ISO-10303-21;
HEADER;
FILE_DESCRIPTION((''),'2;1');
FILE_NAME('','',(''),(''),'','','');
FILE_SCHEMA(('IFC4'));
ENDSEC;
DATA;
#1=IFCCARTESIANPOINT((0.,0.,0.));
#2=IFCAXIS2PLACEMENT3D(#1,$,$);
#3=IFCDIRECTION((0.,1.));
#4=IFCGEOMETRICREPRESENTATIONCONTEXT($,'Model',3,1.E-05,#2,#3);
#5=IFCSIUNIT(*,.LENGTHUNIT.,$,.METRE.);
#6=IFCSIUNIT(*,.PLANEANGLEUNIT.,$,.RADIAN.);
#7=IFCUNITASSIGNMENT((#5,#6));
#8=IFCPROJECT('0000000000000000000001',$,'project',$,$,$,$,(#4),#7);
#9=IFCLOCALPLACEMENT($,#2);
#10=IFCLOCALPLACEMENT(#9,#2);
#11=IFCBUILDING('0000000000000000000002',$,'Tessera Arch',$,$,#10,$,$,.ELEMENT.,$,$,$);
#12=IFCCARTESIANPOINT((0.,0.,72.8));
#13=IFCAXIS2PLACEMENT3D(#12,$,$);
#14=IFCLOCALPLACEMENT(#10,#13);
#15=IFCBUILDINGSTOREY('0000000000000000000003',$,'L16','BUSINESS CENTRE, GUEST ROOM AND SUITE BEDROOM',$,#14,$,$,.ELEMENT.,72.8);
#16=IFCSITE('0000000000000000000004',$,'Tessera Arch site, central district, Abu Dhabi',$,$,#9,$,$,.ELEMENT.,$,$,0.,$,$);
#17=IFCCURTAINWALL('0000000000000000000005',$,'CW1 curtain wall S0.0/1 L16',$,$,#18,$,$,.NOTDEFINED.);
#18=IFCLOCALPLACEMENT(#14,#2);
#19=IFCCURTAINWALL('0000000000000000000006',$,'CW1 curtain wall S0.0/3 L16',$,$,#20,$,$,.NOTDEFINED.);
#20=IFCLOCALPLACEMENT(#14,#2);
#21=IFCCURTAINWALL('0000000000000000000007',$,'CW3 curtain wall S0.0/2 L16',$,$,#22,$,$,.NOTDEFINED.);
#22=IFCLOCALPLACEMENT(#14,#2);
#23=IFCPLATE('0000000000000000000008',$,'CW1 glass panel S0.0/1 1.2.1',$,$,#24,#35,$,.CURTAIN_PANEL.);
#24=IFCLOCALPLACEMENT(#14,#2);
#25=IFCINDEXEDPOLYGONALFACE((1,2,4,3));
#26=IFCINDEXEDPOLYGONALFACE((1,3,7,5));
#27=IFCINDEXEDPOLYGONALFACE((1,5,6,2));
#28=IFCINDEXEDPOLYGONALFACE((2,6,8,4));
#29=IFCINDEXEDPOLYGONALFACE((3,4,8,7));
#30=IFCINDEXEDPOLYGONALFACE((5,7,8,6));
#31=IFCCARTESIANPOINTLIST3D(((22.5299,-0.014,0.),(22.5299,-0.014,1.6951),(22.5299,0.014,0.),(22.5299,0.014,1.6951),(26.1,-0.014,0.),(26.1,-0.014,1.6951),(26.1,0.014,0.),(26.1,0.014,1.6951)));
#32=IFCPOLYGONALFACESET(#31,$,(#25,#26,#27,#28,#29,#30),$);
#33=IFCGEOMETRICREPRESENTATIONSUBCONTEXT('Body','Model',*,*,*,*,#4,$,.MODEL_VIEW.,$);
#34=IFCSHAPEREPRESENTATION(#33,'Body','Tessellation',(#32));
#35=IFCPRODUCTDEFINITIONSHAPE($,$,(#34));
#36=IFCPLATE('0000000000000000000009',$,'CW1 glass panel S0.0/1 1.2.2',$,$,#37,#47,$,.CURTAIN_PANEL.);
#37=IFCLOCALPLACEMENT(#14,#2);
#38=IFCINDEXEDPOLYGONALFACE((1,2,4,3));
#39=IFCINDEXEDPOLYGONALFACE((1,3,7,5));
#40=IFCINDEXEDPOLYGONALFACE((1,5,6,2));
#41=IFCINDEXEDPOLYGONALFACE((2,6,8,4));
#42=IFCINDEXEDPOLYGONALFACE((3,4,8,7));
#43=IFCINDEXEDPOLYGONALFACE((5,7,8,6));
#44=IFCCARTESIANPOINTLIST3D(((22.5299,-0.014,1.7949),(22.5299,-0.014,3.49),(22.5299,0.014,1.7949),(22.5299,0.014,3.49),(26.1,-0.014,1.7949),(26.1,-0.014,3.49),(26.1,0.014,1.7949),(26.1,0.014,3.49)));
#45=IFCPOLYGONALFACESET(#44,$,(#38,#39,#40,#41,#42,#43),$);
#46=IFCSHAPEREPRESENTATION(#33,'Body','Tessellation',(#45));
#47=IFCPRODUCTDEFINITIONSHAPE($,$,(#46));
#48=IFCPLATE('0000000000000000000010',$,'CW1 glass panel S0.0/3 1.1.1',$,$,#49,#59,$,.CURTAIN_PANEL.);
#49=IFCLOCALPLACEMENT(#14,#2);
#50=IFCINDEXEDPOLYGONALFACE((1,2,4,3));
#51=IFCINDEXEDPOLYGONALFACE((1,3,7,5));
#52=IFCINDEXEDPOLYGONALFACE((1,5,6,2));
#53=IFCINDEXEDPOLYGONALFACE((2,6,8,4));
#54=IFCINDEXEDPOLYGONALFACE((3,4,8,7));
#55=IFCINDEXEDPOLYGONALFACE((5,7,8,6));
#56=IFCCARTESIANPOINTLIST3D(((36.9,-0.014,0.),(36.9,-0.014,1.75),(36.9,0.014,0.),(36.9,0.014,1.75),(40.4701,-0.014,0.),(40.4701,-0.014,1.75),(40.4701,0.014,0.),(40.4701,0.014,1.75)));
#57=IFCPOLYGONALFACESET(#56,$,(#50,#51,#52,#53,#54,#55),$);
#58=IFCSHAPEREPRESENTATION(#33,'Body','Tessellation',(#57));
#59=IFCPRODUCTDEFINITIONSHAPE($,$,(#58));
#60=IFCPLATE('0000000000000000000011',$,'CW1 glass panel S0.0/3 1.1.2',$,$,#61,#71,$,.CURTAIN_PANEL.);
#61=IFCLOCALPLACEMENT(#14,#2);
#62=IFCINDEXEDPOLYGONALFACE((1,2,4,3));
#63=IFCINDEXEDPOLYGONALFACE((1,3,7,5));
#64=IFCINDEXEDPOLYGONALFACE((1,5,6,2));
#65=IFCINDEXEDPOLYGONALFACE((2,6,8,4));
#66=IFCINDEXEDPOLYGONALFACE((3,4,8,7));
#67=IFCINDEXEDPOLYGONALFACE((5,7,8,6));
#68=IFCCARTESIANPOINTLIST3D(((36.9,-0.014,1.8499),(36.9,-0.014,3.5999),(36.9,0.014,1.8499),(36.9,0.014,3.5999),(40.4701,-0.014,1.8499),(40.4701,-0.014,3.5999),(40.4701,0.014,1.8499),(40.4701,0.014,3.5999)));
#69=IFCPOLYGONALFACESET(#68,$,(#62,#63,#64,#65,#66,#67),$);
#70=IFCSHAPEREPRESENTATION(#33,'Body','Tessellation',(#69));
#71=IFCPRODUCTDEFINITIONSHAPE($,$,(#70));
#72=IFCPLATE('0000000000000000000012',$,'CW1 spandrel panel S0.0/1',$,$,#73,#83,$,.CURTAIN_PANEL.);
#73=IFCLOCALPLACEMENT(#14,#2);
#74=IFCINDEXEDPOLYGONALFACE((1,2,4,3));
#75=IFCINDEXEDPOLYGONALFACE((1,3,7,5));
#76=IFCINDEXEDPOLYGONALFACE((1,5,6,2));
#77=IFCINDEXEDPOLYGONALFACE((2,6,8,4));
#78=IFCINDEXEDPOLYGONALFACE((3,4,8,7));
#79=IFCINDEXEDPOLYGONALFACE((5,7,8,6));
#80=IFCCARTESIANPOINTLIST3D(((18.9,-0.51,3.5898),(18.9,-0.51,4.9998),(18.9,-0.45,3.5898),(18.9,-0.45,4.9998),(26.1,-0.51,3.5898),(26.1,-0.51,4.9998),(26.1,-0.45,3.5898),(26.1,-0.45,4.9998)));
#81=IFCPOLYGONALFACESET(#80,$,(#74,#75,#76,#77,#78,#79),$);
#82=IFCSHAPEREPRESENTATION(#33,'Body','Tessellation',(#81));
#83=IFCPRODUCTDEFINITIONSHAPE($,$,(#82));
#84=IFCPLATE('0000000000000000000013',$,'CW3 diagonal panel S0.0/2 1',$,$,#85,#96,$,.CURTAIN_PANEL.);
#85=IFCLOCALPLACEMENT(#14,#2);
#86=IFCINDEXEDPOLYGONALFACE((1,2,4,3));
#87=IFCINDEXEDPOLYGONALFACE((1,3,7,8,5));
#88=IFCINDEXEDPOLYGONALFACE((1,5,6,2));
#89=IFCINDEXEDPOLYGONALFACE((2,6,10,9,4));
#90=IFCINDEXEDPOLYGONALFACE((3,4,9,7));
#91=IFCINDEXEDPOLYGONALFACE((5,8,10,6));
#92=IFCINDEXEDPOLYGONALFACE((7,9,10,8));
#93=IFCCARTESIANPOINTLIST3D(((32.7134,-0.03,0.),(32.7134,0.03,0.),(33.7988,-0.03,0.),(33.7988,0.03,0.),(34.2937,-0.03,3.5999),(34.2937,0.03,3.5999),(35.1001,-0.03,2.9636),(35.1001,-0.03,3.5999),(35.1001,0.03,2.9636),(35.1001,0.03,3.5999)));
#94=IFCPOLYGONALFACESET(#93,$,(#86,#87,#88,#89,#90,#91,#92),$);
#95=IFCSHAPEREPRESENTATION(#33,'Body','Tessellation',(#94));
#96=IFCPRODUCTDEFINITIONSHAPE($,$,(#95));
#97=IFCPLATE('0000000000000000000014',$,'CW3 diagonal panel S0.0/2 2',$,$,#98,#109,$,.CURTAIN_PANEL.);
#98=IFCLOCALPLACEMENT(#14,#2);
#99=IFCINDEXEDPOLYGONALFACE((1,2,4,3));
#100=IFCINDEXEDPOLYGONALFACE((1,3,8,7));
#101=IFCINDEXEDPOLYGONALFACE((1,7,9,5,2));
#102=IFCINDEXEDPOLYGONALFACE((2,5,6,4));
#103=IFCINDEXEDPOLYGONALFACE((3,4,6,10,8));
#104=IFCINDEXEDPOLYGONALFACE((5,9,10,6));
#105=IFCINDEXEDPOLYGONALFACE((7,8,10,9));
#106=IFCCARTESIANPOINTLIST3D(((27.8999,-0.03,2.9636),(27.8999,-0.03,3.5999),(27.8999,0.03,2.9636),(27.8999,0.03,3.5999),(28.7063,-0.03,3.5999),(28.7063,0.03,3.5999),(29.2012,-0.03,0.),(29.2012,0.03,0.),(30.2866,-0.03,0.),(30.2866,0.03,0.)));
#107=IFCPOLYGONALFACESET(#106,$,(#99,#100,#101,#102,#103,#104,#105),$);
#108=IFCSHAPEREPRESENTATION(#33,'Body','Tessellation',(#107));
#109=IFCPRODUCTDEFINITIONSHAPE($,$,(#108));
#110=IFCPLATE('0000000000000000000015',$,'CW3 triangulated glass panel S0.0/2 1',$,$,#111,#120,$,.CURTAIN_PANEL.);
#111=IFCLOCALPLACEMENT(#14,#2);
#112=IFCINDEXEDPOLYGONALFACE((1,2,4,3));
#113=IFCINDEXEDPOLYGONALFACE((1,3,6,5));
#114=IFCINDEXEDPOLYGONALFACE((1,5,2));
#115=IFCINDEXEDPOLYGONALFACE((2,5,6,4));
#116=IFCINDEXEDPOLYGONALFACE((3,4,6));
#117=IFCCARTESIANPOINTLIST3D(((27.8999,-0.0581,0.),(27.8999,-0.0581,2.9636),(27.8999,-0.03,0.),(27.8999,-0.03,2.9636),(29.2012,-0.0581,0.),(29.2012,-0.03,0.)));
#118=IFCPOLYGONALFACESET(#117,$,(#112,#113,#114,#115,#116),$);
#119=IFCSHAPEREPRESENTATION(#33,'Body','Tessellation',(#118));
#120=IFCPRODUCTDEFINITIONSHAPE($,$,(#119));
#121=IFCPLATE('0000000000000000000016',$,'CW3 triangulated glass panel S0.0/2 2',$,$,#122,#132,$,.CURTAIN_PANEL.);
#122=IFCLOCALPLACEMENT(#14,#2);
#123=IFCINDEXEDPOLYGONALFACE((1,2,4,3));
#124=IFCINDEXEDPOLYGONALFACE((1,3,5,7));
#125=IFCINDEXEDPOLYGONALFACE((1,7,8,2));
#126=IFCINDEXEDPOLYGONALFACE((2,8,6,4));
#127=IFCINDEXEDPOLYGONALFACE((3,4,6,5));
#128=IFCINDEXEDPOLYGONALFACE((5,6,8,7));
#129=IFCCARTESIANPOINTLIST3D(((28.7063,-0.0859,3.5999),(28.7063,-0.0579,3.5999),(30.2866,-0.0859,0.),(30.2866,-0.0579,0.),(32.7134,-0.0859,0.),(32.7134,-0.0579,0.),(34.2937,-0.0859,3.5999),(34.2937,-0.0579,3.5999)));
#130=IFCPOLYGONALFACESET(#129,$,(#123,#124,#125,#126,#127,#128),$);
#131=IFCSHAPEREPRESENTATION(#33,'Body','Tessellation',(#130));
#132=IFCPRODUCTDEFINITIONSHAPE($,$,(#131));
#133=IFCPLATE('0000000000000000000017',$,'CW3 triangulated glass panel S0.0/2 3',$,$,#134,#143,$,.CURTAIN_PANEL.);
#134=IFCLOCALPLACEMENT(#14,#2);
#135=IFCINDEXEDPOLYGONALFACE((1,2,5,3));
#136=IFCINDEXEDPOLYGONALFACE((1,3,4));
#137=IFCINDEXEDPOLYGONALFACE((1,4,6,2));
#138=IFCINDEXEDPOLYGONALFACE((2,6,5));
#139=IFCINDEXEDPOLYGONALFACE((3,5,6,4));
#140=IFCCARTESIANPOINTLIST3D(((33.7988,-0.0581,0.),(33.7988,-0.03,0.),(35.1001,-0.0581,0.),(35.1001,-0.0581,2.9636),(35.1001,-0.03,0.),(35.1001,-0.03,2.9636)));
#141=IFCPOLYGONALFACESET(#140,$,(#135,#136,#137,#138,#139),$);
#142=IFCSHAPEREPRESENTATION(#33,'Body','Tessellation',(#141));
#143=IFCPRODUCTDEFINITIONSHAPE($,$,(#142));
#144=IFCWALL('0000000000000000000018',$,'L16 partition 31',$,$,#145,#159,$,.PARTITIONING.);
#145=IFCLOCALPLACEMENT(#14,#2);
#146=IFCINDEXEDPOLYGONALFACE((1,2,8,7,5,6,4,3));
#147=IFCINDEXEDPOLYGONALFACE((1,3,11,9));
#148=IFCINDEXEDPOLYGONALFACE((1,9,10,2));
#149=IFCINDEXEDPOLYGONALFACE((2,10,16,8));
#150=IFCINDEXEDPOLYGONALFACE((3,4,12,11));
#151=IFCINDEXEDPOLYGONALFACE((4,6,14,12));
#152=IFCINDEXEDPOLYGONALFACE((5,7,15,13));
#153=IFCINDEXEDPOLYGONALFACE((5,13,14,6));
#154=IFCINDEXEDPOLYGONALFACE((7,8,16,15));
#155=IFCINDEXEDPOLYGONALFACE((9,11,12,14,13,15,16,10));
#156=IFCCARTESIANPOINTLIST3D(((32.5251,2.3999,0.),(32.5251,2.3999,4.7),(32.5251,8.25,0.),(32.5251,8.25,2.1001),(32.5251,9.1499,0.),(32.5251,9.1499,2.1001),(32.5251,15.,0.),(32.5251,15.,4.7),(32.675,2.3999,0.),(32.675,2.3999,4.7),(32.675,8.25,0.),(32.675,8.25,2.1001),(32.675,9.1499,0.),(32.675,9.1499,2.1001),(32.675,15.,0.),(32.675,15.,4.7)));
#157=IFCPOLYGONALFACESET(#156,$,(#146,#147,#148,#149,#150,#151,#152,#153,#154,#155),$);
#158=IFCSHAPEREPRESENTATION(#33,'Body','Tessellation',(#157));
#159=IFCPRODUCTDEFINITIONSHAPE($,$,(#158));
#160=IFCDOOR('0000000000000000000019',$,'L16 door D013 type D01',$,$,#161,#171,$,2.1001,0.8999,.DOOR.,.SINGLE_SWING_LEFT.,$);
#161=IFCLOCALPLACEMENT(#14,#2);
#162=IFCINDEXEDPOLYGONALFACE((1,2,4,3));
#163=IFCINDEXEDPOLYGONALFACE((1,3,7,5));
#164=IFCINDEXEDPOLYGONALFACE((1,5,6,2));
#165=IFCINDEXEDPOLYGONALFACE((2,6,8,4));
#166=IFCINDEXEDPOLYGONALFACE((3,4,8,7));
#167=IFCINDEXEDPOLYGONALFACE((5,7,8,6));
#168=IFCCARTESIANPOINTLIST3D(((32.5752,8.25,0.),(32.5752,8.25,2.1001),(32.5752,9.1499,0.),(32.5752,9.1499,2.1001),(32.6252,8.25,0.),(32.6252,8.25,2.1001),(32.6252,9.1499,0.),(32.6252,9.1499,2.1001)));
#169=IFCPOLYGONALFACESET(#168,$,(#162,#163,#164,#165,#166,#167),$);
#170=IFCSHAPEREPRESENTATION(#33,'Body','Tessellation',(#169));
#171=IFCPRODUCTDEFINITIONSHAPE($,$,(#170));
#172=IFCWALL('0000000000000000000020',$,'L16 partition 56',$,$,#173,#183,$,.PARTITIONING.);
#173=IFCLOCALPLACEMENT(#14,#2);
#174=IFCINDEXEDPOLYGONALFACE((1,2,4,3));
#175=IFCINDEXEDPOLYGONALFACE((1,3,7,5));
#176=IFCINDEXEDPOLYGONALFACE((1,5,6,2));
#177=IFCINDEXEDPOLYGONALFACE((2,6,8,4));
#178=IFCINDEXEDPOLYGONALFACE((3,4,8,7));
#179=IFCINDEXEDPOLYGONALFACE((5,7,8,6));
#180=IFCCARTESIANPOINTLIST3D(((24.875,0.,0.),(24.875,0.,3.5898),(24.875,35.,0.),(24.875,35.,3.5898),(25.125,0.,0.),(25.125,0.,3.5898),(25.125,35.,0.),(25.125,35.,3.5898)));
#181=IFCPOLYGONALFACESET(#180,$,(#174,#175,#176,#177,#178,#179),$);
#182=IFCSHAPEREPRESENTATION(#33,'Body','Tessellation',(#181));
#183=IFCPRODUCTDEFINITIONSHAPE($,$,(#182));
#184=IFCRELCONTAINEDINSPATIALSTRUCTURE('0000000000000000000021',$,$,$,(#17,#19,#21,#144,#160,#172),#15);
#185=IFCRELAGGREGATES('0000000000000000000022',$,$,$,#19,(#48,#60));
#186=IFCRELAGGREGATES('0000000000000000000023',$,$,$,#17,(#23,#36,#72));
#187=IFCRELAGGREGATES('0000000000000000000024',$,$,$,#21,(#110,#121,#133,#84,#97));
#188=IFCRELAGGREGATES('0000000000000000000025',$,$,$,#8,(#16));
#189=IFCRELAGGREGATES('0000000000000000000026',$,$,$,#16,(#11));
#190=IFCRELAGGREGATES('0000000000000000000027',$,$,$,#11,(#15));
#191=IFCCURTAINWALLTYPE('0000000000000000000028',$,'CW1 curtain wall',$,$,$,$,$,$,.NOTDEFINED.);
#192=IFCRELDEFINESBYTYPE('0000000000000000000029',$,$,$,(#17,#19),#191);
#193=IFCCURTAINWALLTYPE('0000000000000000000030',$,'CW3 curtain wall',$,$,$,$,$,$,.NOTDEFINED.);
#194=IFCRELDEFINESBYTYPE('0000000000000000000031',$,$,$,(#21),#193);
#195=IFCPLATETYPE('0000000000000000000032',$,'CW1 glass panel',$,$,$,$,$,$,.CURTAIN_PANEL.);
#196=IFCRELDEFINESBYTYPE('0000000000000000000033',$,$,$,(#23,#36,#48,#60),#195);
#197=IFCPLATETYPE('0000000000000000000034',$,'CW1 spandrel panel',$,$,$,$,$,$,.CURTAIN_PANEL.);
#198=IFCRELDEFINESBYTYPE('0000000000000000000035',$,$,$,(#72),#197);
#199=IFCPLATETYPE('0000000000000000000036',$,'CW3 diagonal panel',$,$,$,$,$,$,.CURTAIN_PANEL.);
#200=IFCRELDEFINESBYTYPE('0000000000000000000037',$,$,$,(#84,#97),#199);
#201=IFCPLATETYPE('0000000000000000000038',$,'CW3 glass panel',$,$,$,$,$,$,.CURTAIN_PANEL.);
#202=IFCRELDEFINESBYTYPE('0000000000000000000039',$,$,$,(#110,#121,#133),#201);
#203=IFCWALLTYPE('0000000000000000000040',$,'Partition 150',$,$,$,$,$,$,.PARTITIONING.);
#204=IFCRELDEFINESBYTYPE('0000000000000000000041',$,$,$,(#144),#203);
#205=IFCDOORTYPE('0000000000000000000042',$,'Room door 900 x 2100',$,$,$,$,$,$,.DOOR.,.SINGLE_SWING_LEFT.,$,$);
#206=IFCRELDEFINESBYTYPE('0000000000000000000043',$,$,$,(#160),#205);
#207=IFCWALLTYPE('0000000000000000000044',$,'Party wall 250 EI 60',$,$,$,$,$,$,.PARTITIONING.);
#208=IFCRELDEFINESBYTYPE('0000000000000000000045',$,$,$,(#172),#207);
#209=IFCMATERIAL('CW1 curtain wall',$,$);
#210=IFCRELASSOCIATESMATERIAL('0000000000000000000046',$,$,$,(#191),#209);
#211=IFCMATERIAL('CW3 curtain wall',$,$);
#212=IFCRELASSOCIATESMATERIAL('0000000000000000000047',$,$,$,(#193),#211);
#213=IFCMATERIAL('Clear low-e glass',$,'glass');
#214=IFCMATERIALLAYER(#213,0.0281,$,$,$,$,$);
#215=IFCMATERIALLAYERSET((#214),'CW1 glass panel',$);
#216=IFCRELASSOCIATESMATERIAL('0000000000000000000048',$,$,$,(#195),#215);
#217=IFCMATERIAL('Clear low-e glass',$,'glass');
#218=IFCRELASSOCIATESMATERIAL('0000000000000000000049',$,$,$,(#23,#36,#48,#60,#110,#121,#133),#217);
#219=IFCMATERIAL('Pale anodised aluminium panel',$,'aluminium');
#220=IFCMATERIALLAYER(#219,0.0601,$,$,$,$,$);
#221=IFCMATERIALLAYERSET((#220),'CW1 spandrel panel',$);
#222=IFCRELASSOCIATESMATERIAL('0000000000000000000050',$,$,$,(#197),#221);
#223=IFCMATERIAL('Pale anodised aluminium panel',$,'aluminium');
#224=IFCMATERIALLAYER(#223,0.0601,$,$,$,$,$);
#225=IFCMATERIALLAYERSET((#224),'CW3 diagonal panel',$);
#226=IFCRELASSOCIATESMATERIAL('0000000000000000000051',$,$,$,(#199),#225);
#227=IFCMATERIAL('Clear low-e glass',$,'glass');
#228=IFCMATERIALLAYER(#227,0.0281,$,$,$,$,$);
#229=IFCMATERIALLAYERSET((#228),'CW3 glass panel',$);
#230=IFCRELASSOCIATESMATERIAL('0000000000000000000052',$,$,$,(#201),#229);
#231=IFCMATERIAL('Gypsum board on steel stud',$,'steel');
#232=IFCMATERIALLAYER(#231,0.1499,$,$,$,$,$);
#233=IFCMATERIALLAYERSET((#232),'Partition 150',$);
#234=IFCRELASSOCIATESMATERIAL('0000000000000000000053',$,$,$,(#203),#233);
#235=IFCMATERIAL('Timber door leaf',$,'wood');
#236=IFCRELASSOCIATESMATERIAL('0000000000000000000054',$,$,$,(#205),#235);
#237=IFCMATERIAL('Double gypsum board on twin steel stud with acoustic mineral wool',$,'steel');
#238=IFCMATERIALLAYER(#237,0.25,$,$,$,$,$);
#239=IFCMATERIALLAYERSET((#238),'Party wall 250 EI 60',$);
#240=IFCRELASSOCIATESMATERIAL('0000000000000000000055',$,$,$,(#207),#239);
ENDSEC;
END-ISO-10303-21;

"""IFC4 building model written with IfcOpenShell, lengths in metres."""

from ifc_helpers import new_model, si_unit, direction, frame, frame_2d, origin, origin_2d, place, context, subcontext, project, spatial, polyline, rectangle, outline, extrude, material, layer, layer_set, type_object, element, fill, aggregate, save


model = new_model("IFC4")

# Units and contexts
model_context = context("Model", 3, precision=1e-05, world=origin(), true_north=direction((0.0, 1.0)))
body_context = subcontext(model_context, "Body", "Model", "MODEL_VIEW")
ifc_project = project(units=[si_unit("LENGTHUNIT", "METRE"), si_unit("PLANEANGLEUNIT", "RADIAN")], contexts=[model_context])

# Site, building, storey
site_placement = place(None, origin())
site = spatial("IfcSite", under=ifc_project, at=site_placement, Name="Tessera Arch site, central district, Abu Dhabi", CompositionType="ELEMENT", RefElevation=0.0)
building_placement = place(site_placement, origin())
building = spatial("IfcBuilding", under=site, at=building_placement, Name="Tessera Arch", CompositionType="ELEMENT")
storey_placement = place(building_placement, frame((0.0, 0.0, 72.8)))
storey = spatial("IfcBuildingStorey", under=building, at=storey_placement, Name="L16", Description="BUSINESS CENTRE, GUEST ROOM AND SUITE BEDROOM", CompositionType="ELEMENT", Elevation=72.8)

# Curtain walls
ifc_material_1 = material(Name="CW1 curtain wall")
curtain_wall_type_1 = type_object("IfcCurtainWallType", Name="CW1 curtain wall", PredefinedType="NOTDEFINED", material=ifc_material_1)
curtain_wall_1_placement = place(storey_placement, origin())
curtain_wall_1 = element("IfcCurtainWall", 1, at=curtain_wall_1_placement, inside=storey, type_object=curtain_wall_type_1, Name="CW1 curtain wall S0.0/1 L16", PredefinedType="NOTDEFINED")
curtain_wall_2_placement = place(storey_placement, origin())
curtain_wall_2 = element("IfcCurtainWall", 2, at=curtain_wall_2_placement, inside=storey, type_object=curtain_wall_type_1, Name="CW1 curtain wall S0.0/3 L16", PredefinedType="NOTDEFINED")

# Curtain wall
ifc_material_2 = material(Name="CW3 curtain wall")
curtain_wall_type_2 = type_object("IfcCurtainWallType", Name="CW3 curtain wall", PredefinedType="NOTDEFINED", material=ifc_material_2)
curtain_wall_3_placement = place(storey_placement, origin())
curtain_wall_3 = element("IfcCurtainWall", 3, at=curtain_wall_3_placement, inside=storey, type_object=curtain_wall_type_2, Name="CW3 curtain wall S0.0/2 L16", PredefinedType="NOTDEFINED")

# Plates
ifc_material_3 = material(Name="Clear low-e glass", Category="glass")
ifc_material_4 = material(Name="Clear low-e glass", Category="glass")
ifc_layer_1 = layer(ifc_material_4, 0.0281)
ifc_layer_set_1 = layer_set([ifc_layer_1], Name="CW1 glass panel")
plate_type_1 = type_object("IfcPlateType", Name="CW1 glass panel", PredefinedType="CURTAIN_PANEL", material=ifc_layer_set_1)
plate_1_placement = place(storey_placement, frame((24.3149, 0.0, 0.0), z_axis=(0.0, 0.0, 1.0), x_axis=(1.0, 0.0, 0.0)))
plate_1 = element("IfcPlate", 4, at=plate_1_placement, type_object=plate_type_1, material=ifc_material_3, Name="CW1 glass panel S0.0/1 1.2.1", PredefinedType="CURTAIN_PANEL", context=body_context, shape_type="SweptSolid", body=[
    extrude(rectangle(XDim=3.5701, YDim=0.0281, at=origin_2d()), origin(), (0.0, 0.0, 1.0), 1.6951),
])
plate_2_placement = place(storey_placement, frame((24.3149, 0.0, 1.7949), z_axis=(0.0, 0.0, 1.0), x_axis=(1.0, 0.0, 0.0)))
plate_2 = element("IfcPlate", 5, at=plate_2_placement, type_object=plate_type_1, material=ifc_material_3, Name="CW1 glass panel S0.0/1 1.2.2", PredefinedType="CURTAIN_PANEL", context=body_context, shape_type="SweptSolid", body=[
    extrude(rectangle(XDim=3.5701, YDim=0.0281, at=origin_2d()), origin(), (0.0, 0.0, 1.0), 1.6951),
])
plate_3_placement = place(storey_placement, frame((38.6851, 0.0, 0.0), z_axis=(0.0, 0.0, 1.0), x_axis=(1.0, 0.0, 0.0)))
plate_3 = element("IfcPlate", 6, at=plate_3_placement, type_object=plate_type_1, material=ifc_material_3, Name="CW1 glass panel S0.0/3 1.1.1", PredefinedType="CURTAIN_PANEL", context=body_context, shape_type="SweptSolid", body=[
    extrude(rectangle(XDim=3.5701, YDim=0.0281, at=origin_2d()), origin(), (0.0, 0.0, 1.0), 1.75),
])
plate_4_placement = place(storey_placement, frame((38.6851, 0.0, 1.8499), z_axis=(0.0, 0.0, 1.0), x_axis=(1.0, 0.0, 0.0)))
plate_4 = element("IfcPlate", 7, at=plate_4_placement, type_object=plate_type_1, material=ifc_material_3, Name="CW1 glass panel S0.0/3 1.1.2", PredefinedType="CURTAIN_PANEL", context=body_context, shape_type="SweptSolid", body=[
    extrude(rectangle(XDim=3.5701, YDim=0.0281, at=origin_2d()), origin(), (0.0, 0.0, 1.0), 1.75),
])
aggregate(curtain_wall_2, [plate_3, plate_4])
ifc_material_5 = material(Name="Pale anodised aluminium panel", Category="aluminium")
ifc_layer_2 = layer(ifc_material_5, 0.0601)
ifc_layer_set_2 = layer_set([ifc_layer_2], Name="CW1 spandrel panel")
plate_type_2 = type_object("IfcPlateType", Name="CW1 spandrel panel", PredefinedType="CURTAIN_PANEL", material=ifc_layer_set_2)
plate_5_placement = place(storey_placement, frame((22.5, -0.48, 3.5898), z_axis=(0.0, 0.0, 1.0), x_axis=(1.0, 0.0, 0.0)))
plate_5 = element("IfcPlate", 8, at=plate_5_placement, type_object=plate_type_2, Name="CW1 spandrel panel S0.0/1", PredefinedType="CURTAIN_PANEL", context=body_context, shape_type="SweptSolid", body=[
    extrude(rectangle(XDim=7.2, YDim=0.0601, at=origin_2d()), origin(), (0.0, 0.0, 1.0), 1.4099),
])
aggregate(curtain_wall_1, [plate_1, plate_2, plate_5])
ifc_material_6 = material(Name="Pale anodised aluminium panel", Category="aluminium")
ifc_layer_3 = layer(ifc_material_6, 0.0601)
ifc_layer_set_3 = layer_set([ifc_layer_3], Name="CW3 diagonal panel")
plate_type_3 = type_object("IfcPlateType", Name="CW3 diagonal panel", PredefinedType="CURTAIN_PANEL", material=ifc_layer_set_3)
plate_6_placement = place(storey_placement, frame((35.1001, -0.03, 3.5999), z_axis=(0.0, -1.0, 0.0), x_axis=(-1.0, 0.0, 0.0)))
plate_6 = element("IfcPlate", 9, at=plate_6_placement, type_object=plate_type_3, Name="CW3 diagonal panel S0.0/2 1", PredefinedType="CURTAIN_PANEL", context=body_context, shape_type="SweptSolid", body=[
    extrude(outline(polyline([(0.0, 0.0), (0.8064, 0.0), (2.3867, 3.5999), (1.3013, 3.5999), (0.0, 0.6362), (0.0, 0.0)])), origin(), (0.0, 0.0, -1.0), 0.0601),
])
plate_7_placement = place(storey_placement, frame((27.8999, -0.03, 3.5999), z_axis=(0.0, -1.0, 0.0), x_axis=(0.0, 0.0, -1.0)))
plate_7 = element("IfcPlate", 10, at=plate_7_placement, type_object=plate_type_3, Name="CW3 diagonal panel S0.0/2 2", PredefinedType="CURTAIN_PANEL", context=body_context, shape_type="SweptSolid", body=[
    extrude(outline(polyline([(0.0, 0.0), (0.6362, 0.0), (3.5999, 1.3013), (3.5999, 2.3867), (0.0, 0.8064), (0.0, 0.0)])), origin(), (0.0, 0.0, -1.0), 0.0601),
])
ifc_material_7 = material(Name="Clear low-e glass", Category="glass")
ifc_layer_4 = layer(ifc_material_7, 0.0281)
ifc_layer_set_4 = layer_set([ifc_layer_4], Name="CW3 glass panel")
plate_type_4 = type_object("IfcPlateType", Name="CW3 glass panel", PredefinedType="CURTAIN_PANEL", material=ifc_layer_set_4)
plate_8_placement = place(storey_placement, frame((27.8999, -0.0581, 0.0), z_axis=(0.0, -1.0, 0.0), x_axis=(1.0, 0.0, 0.0)))
plate_8 = element("IfcPlate", 11, at=plate_8_placement, type_object=plate_type_4, material=ifc_material_3, Name="CW3 triangulated glass panel S0.0/2 1", PredefinedType="CURTAIN_PANEL", context=body_context, shape_type="SweptSolid", body=[
    extrude(outline(polyline([(0.0, 0.0), (1.3013, 0.0), (0.0, 2.9636), (0.0, 0.0)])), origin(), (0.0, 0.0, -1.0), 0.0281),
])
plate_9_placement = place(storey_placement, frame((34.2937, -0.0859, 3.5999), z_axis=(0.0, -1.0, 0.0), x_axis=(-1.0, 0.0, 0.0)))
plate_9 = element("IfcPlate", 12, at=plate_9_placement, type_object=plate_type_4, material=ifc_material_3, Name="CW3 triangulated glass panel S0.0/2 2", PredefinedType="CURTAIN_PANEL", context=body_context, shape_type="SweptSolid", body=[
    extrude(outline(polyline([(0.0, 0.0), (5.5874, 0.0), (4.0071, 3.5999), (1.5803, 3.5999), (0.0, 0.0)])), origin(), (0.0, 0.0, -1.0), 0.0281),
])
plate_10_placement = place(storey_placement, frame((35.1001, -0.0581, 0.0), z_axis=(0.0, -1.0, 0.0), x_axis=(0.0, 0.0, 1.0)))
plate_10 = element("IfcPlate", 13, at=plate_10_placement, type_object=plate_type_4, material=ifc_material_3, Name="CW3 triangulated glass panel S0.0/2 3", PredefinedType="CURTAIN_PANEL", context=body_context, shape_type="SweptSolid", body=[
    extrude(outline(polyline([(0.0, 0.0), (2.9636, 0.0), (0.0, 1.3013), (0.0, 0.0)])), origin(), (0.0, 0.0, -1.0), 0.0281),
])
aggregate(curtain_wall_3, [plate_8, plate_9, plate_10, plate_6, plate_7])

# Wall, opening, door
ifc_material_8 = material(Name="Gypsum board on steel stud", Category="steel")
ifc_layer_5 = layer(ifc_material_8, 0.1499)
ifc_layer_set_5 = layer_set([ifc_layer_5], Name="Partition 150")
wall_type_1 = type_object("IfcWallType", Name="Partition 150", PredefinedType="PARTITIONING", material=ifc_layer_set_5)
wall_1_placement = place(storey_placement, frame((32.6001, 2.3999, 0.0), z_axis=(0.0, 0.0, 1.0), x_axis=(0.0, 1.0, 0.0)))
wall_1 = element("IfcWall", 14, at=wall_1_placement, inside=storey, type_object=wall_type_1, Name="L16 partition 31", PredefinedType="PARTITIONING", context=body_context, shape_type="SweptSolid", body=[
    extrude(rectangle(XDim=12.6001, YDim=0.1499, at=frame_2d((6.3, 0.0))), origin(), (0.0, 0.0, 1.0), 4.7),
])
opening_1_placement = place(wall_1_placement, frame((5.8501, 0.0, 0.0)))
opening_1 = element("IfcOpeningElement", 15, at=opening_1_placement, cuts=wall_1, PredefinedType="OPENING", context=body_context, shape_type="SweptSolid", body=[
    extrude(rectangle(XDim=0.8999, YDim=2.1001, at=frame_2d((0.45, 1.05))), frame((0.0, 0.085, 0.0), z_axis=(0.0, -1.0, 0.0), x_axis=(1.0, 0.0, 0.0)), (0.0, 0.0, 1.0), 0.1699),
])
ifc_material_9 = material(Name="Timber door leaf", Category="wood")
door_type_1 = type_object("IfcDoorType", Name="Room door 900 x 2100", OperationType="SINGLE_SWING_LEFT", PredefinedType="DOOR", material=ifc_material_9)
door_1_placement = place(opening_1_placement, origin())
door_1 = element("IfcDoor", 16, at=door_1_placement, inside=storey, type_object=door_type_1, Name="L16 door D013 type D01", OperationType="SINGLE_SWING_LEFT", OverallHeight=2.1001, OverallWidth=0.8999, PredefinedType="DOOR", context=body_context, shape_type="SweptSolid", body=[
    extrude(rectangle(XDim=0.8999, YDim=2.1001, at=frame_2d((0.45, 1.05))), frame((0.0, 0.0249, 0.0), z_axis=(0.0, -1.0, 0.0), x_axis=(1.0, 0.0, 0.0)), (0.0, 0.0, 1.0), 0.05),
])
fill(opening_1, door_1)

# Wall
ifc_material_10 = material(Name="Double gypsum board on twin steel stud with acoustic mineral wool", Category="steel")
ifc_layer_6 = layer(ifc_material_10, 0.25)
ifc_layer_set_6 = layer_set([ifc_layer_6], Name="Party wall 250 EI 60")
wall_type_2 = type_object("IfcWallType", Name="Party wall 250 EI 60", PredefinedType="PARTITIONING", material=ifc_layer_set_6)
wall_2_placement = place(storey_placement, frame((25.0, 0.0, 0.0), z_axis=(0.0, 0.0, 1.0), x_axis=(0.0, 1.0, 0.0)))
element("IfcWall", 17, at=wall_2_placement, inside=storey, type_object=wall_type_2, Name="L16 partition 56", PredefinedType="PARTITIONING", context=body_context, shape_type="SweptSolid", body=[
    extrude(rectangle(XDim=35.0, YDim=0.25, at=frame_2d((17.5, 0.0))), origin(), (0.0, 0.0, 1.0), 3.5898),
])

save(model, "model.ifc")
